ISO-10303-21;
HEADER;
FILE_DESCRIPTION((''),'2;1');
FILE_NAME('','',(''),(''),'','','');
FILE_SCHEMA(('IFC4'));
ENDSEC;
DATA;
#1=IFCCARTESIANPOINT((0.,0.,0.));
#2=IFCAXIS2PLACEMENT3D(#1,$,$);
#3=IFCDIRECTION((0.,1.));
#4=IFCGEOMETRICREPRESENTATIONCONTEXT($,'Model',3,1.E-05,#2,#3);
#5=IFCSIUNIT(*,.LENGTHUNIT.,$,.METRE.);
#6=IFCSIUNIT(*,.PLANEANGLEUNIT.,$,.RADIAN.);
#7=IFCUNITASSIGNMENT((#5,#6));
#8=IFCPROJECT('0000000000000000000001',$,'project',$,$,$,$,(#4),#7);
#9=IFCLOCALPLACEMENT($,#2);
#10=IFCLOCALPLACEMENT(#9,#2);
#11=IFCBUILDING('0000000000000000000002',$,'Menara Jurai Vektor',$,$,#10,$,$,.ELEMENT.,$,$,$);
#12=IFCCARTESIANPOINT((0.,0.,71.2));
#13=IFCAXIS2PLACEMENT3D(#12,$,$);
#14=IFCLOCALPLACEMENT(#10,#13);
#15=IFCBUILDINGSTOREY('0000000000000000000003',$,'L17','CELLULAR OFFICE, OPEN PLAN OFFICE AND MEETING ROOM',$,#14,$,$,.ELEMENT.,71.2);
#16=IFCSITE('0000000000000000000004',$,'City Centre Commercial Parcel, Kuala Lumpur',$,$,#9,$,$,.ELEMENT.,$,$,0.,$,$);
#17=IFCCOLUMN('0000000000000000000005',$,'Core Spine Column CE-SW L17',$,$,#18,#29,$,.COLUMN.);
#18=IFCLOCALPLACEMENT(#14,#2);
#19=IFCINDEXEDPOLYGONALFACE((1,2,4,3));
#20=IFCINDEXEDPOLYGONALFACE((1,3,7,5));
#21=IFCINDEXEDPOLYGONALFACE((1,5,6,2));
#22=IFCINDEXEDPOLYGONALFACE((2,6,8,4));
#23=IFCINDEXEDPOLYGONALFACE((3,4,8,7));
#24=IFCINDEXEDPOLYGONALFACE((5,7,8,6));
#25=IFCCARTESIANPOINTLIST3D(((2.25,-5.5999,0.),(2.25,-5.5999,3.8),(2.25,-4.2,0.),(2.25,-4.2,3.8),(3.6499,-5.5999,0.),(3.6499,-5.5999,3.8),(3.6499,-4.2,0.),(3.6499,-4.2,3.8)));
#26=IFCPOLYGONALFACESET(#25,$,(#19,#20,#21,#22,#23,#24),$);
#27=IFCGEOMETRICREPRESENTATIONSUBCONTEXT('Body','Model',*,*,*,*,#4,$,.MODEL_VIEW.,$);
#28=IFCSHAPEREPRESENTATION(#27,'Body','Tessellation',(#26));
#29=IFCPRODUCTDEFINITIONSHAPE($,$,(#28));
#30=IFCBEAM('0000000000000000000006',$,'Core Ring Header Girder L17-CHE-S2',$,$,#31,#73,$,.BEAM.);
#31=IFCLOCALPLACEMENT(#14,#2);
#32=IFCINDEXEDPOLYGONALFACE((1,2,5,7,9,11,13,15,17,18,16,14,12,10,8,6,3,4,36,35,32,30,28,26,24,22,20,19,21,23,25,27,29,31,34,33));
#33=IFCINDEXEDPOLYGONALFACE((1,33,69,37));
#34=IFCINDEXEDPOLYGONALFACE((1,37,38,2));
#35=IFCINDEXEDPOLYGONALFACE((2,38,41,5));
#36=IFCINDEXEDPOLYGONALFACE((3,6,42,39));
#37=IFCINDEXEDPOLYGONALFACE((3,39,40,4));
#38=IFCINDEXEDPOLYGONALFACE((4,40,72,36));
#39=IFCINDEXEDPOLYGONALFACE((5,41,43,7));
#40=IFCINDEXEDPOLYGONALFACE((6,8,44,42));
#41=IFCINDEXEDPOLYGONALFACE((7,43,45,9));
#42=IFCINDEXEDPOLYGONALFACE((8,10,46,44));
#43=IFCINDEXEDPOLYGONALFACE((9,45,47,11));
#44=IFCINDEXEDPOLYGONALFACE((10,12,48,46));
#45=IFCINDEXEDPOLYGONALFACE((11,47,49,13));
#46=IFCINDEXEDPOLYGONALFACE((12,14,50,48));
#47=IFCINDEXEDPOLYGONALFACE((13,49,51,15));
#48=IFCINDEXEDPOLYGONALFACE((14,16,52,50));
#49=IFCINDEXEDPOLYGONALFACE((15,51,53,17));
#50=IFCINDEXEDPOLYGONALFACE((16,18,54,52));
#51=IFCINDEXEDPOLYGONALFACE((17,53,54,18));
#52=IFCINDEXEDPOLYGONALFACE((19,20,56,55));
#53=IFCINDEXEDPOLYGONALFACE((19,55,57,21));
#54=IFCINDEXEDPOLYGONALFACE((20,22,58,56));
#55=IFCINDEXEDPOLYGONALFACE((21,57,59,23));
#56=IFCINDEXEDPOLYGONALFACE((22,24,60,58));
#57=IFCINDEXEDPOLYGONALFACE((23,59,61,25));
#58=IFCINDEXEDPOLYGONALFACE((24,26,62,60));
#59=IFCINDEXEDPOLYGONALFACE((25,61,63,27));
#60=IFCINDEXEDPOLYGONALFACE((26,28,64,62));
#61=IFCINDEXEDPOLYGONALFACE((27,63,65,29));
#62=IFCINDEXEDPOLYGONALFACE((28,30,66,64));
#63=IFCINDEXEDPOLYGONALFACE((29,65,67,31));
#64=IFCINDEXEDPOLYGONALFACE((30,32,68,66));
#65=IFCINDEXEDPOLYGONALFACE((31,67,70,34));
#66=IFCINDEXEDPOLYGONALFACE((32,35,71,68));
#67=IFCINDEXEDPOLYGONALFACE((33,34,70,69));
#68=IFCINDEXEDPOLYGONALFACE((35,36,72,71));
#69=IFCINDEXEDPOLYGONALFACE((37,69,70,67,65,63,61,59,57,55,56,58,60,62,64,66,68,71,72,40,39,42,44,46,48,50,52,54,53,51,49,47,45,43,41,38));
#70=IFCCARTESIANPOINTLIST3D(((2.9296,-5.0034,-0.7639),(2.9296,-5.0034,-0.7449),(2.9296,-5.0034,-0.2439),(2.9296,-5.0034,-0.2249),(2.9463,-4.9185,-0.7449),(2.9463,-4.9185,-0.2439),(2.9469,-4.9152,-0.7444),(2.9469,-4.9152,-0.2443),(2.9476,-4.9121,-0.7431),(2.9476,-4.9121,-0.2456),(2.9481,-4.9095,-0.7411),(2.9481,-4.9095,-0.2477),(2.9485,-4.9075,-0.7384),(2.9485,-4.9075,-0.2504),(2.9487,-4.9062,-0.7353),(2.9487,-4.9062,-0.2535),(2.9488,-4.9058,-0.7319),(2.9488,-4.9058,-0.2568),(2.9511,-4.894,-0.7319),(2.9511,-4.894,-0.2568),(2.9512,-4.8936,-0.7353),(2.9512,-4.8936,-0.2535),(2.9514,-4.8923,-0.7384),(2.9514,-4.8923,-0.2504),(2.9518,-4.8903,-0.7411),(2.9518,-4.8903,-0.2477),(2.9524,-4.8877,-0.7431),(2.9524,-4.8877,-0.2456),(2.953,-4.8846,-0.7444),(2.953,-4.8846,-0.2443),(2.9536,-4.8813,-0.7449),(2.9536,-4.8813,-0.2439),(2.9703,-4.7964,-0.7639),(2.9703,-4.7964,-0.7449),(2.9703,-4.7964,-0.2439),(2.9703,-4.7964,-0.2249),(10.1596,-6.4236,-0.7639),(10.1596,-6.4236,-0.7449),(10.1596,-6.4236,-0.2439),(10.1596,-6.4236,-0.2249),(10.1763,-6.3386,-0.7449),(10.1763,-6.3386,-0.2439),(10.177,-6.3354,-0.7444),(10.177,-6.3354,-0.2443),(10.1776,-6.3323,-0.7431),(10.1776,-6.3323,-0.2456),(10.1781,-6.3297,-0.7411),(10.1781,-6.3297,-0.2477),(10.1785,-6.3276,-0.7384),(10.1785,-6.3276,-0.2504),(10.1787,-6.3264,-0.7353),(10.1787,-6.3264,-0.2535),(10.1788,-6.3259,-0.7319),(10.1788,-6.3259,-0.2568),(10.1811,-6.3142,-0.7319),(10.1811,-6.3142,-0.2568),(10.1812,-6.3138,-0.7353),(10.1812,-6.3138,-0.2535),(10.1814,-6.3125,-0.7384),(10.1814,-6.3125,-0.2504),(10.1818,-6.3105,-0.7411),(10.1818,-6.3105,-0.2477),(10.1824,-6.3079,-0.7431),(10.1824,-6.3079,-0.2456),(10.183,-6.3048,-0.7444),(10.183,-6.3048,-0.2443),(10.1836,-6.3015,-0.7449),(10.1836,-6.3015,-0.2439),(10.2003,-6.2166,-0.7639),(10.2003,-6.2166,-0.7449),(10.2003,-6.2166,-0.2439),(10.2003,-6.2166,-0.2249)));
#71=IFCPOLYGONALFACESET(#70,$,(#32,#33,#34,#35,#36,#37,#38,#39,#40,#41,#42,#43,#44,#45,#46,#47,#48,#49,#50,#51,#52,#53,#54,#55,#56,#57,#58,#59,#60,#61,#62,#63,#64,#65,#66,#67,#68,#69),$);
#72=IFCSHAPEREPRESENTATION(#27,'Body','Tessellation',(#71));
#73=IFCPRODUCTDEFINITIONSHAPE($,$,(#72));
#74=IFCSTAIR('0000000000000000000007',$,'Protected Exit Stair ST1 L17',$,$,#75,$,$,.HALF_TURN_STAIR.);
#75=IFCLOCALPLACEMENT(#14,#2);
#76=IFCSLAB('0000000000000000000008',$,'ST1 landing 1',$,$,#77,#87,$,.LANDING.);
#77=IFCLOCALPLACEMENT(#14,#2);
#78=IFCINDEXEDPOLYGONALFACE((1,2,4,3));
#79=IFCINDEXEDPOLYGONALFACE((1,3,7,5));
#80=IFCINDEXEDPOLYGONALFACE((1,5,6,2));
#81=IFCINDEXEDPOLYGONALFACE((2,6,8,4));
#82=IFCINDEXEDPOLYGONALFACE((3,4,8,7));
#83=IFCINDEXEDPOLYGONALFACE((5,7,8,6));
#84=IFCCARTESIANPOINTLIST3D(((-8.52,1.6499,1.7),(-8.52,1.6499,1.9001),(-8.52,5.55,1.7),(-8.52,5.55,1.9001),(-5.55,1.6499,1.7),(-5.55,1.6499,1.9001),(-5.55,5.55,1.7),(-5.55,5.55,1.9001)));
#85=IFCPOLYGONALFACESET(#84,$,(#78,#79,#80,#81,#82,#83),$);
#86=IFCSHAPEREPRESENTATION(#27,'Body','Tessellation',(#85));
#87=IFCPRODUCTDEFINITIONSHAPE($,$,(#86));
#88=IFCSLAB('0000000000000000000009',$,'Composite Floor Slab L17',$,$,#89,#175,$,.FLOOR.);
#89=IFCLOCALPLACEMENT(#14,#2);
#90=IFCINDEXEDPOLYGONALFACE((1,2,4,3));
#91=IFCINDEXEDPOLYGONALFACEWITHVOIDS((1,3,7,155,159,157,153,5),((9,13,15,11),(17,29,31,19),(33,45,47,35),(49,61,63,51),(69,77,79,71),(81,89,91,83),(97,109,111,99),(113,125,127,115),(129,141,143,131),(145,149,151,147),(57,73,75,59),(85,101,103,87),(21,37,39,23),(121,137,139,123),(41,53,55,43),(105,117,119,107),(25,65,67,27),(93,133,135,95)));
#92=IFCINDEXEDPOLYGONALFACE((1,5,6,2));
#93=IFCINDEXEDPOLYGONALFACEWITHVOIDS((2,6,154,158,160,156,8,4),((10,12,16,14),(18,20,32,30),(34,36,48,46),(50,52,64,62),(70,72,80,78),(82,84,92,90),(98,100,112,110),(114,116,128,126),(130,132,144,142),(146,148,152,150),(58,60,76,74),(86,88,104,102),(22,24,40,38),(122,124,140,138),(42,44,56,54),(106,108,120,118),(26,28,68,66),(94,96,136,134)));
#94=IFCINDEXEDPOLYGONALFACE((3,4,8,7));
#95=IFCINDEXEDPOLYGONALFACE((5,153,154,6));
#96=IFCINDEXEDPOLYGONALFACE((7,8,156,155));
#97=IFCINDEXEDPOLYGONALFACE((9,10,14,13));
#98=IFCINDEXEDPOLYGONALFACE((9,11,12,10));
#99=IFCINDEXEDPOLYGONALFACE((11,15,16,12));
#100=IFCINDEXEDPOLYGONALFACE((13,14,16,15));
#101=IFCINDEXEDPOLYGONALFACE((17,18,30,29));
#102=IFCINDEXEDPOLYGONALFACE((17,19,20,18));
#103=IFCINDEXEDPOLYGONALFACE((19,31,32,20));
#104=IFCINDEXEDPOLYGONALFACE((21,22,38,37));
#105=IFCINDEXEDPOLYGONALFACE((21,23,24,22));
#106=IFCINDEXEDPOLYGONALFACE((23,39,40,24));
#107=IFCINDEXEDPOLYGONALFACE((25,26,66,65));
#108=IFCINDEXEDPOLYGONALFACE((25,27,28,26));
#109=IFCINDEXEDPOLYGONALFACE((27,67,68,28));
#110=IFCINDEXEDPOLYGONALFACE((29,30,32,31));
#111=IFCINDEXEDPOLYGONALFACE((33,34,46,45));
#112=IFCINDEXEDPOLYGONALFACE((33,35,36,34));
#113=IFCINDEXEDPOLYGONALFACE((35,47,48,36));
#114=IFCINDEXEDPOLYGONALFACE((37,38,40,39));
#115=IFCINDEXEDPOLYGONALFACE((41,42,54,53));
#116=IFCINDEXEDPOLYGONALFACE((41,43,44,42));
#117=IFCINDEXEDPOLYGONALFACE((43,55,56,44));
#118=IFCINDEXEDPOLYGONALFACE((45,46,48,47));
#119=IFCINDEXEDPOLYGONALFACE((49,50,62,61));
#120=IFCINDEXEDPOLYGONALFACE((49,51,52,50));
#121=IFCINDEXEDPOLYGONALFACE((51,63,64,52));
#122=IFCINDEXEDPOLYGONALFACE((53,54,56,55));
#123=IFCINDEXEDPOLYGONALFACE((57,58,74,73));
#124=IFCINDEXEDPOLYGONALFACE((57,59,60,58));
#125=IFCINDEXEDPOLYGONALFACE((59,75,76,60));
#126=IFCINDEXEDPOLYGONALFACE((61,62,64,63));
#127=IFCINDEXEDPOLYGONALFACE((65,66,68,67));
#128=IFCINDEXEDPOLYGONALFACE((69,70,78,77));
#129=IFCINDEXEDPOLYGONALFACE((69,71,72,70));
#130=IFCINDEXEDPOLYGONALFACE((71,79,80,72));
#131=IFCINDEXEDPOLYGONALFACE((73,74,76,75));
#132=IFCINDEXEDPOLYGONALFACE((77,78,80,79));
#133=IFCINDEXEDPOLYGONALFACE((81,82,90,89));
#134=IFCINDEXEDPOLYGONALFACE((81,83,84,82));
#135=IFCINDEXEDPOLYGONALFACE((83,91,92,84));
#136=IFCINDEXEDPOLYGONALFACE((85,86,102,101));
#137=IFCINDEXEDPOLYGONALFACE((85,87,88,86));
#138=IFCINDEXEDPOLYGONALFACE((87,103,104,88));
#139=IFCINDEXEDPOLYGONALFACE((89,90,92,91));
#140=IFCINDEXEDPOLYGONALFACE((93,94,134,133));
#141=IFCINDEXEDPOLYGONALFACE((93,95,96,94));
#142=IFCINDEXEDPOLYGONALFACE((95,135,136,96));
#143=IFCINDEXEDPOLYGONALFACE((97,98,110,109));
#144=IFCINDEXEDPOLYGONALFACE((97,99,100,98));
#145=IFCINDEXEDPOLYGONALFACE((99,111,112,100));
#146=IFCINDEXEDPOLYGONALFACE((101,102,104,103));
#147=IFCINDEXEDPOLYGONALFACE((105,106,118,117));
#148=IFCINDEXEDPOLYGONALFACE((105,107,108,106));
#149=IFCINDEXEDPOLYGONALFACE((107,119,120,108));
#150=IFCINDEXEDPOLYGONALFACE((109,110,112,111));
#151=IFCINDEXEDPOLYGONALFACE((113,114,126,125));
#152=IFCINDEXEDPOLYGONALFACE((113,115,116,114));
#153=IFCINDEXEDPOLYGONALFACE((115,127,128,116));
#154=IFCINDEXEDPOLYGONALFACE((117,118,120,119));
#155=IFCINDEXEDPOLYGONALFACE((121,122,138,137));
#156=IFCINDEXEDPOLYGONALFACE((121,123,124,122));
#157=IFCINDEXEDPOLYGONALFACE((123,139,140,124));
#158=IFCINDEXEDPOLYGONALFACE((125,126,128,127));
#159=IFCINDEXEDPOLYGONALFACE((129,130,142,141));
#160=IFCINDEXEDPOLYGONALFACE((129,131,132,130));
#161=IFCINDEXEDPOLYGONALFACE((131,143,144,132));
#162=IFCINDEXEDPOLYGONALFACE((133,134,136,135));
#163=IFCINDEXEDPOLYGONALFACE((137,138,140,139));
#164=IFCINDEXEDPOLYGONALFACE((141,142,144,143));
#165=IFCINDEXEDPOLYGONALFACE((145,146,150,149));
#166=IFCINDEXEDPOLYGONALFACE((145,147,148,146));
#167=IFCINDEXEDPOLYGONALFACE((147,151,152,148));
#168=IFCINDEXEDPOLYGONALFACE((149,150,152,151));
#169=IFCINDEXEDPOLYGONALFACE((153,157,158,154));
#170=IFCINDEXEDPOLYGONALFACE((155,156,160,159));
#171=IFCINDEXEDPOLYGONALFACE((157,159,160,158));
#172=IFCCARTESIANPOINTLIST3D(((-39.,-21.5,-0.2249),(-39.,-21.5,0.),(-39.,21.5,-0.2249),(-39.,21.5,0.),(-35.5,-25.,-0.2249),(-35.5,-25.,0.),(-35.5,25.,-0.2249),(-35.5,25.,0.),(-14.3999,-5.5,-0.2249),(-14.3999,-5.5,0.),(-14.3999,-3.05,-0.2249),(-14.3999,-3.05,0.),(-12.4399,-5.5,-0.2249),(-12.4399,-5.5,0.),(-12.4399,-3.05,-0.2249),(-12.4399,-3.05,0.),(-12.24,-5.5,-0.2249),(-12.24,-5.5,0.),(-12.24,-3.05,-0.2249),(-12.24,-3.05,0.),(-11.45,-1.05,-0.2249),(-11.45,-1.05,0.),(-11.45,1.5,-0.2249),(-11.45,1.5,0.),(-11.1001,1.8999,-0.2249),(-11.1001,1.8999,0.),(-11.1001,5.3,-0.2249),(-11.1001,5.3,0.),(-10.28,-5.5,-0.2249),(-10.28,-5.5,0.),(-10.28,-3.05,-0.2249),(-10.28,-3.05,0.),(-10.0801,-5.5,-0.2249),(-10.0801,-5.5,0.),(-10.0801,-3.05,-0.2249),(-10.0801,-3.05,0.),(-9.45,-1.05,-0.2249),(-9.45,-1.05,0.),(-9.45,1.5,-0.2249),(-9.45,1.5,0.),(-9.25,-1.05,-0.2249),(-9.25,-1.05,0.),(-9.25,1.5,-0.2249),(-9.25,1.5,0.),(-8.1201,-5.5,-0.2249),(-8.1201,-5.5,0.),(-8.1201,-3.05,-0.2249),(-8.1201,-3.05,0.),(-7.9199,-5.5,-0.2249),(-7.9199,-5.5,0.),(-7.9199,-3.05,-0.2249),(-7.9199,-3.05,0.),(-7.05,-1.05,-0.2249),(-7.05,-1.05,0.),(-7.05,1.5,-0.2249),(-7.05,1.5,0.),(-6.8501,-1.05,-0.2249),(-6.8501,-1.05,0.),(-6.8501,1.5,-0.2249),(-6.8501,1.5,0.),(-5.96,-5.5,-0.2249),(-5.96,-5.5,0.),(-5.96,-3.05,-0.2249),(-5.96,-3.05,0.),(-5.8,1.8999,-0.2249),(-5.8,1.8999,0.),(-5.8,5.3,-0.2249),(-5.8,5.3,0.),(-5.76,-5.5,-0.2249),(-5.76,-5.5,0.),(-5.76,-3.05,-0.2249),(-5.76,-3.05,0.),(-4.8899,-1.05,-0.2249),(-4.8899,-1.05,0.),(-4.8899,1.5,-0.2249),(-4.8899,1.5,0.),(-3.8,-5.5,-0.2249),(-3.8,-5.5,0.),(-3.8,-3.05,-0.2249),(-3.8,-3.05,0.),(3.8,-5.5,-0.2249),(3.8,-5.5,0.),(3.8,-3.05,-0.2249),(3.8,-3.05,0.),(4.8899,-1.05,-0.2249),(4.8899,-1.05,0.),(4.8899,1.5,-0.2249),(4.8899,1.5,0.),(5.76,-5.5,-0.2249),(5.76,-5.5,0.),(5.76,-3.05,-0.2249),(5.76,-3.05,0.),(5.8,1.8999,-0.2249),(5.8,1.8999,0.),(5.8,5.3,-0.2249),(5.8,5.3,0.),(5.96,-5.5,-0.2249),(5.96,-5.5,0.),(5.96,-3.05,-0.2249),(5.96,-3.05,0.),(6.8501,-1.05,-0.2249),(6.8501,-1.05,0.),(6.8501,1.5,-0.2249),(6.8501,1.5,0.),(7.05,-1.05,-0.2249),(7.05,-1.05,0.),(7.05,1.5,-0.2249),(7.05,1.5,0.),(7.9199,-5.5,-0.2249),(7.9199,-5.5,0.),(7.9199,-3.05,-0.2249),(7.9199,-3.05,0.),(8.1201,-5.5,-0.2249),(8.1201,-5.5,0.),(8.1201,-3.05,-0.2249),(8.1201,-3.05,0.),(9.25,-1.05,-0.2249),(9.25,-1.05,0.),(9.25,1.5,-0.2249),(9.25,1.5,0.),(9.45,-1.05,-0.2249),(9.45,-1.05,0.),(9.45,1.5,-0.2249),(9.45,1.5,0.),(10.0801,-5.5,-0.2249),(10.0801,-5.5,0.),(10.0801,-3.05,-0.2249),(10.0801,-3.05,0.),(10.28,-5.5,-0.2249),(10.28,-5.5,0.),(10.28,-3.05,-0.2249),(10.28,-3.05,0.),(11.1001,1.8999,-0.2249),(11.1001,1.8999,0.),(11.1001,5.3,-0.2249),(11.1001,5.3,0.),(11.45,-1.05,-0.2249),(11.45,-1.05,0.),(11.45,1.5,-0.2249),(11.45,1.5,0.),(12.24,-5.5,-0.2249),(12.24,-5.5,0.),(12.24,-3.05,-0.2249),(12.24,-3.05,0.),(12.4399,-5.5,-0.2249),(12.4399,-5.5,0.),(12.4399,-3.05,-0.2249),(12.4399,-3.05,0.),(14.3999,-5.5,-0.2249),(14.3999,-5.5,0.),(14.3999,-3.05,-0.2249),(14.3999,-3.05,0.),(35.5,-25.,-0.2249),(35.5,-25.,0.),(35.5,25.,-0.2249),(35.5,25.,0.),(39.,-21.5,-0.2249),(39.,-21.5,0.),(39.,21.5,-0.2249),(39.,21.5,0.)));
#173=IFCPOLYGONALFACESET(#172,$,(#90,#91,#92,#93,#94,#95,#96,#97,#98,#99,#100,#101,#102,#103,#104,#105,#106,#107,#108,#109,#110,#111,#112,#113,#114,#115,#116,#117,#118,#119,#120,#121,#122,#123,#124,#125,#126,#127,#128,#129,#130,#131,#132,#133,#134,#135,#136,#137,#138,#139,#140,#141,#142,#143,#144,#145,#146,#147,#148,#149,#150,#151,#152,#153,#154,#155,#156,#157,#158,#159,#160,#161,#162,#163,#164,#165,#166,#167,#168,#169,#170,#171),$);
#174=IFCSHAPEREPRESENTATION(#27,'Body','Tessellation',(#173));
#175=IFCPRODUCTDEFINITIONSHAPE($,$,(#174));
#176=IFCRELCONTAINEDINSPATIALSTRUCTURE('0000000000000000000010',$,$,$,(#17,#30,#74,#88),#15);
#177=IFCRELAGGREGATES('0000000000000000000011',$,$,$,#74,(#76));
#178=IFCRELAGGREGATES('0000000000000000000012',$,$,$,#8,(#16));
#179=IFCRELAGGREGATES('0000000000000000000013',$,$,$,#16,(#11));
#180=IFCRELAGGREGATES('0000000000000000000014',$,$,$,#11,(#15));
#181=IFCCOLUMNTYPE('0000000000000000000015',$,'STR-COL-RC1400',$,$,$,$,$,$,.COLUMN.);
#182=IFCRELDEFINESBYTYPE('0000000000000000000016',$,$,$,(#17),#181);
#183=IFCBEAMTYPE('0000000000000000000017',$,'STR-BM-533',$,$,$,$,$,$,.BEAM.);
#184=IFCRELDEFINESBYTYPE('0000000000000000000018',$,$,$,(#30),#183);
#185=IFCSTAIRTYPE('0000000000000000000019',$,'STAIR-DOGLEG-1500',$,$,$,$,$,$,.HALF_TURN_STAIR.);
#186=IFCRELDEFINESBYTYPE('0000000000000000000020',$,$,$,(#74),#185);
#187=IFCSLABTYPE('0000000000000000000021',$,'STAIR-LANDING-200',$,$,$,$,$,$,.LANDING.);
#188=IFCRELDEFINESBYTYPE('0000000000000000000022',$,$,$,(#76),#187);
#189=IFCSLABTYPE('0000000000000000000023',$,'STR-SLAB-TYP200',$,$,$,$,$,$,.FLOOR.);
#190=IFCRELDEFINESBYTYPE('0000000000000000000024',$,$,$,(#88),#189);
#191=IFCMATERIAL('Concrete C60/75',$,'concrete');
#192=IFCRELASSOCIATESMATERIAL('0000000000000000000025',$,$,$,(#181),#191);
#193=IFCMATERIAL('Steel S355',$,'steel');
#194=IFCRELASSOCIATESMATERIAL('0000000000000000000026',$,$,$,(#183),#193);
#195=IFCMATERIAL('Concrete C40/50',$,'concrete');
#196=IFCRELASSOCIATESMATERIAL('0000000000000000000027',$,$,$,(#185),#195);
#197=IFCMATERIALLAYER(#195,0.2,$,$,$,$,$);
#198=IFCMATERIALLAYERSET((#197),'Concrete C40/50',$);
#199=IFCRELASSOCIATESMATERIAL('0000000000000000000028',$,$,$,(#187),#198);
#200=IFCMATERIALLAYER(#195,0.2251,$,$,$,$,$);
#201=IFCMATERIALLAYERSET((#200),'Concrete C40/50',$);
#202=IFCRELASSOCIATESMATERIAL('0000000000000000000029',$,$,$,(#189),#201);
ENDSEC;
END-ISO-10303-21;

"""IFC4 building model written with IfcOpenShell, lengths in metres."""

from ifc_helpers import new_model, si_unit, direction, frame, origin, origin_2d, place, context, subcontext, project, spatial, polyline, rectangle, i_section, outline, extrude, material, layer, layer_set, material_profile, profile_set, type_object, element, aggregate, save


model = new_model("IFC4")

# Units and contexts
model_context = context("Model", 3, precision=1e-05, world=origin(), true_north=direction((0.0, 1.0)))
body_context = subcontext(model_context, "Body", "Model", "MODEL_VIEW")
ifc_project = project(units=[si_unit("LENGTHUNIT", "METRE"), si_unit("PLANEANGLEUNIT", "RADIAN")], contexts=[model_context])

# Site, building, storey
site_placement = place(None, origin())
site = spatial("IfcSite", under=ifc_project, at=site_placement, Name="City Centre Commercial Parcel, Kuala Lumpur", CompositionType="ELEMENT", RefElevation=0.0)
building_placement = place(site_placement, origin())
building = spatial("IfcBuilding", under=site, at=building_placement, Name="Menara Jurai Vektor", CompositionType="ELEMENT")
storey_placement = place(building_placement, frame((0.0, 0.0, 71.2)))
storey = spatial("IfcBuildingStorey", under=building, at=storey_placement, Name="L17", Description="CELLULAR OFFICE, OPEN PLAN OFFICE AND MEETING ROOM", CompositionType="ELEMENT", Elevation=71.2)

# Column
ifc_material_1 = material(Name="Concrete C60/75", Category="concrete")
ifc_material_profile_1 = material_profile(ifc_material_1, rectangle(XDim=1.3999, YDim=1.3999, at=origin_2d()), Name="RC 1400x1400")
ifc_profile_set_1 = profile_set([ifc_material_profile_1], Name="Concrete C60/75")
column_type = type_object("IfcColumnType", Name="STR-COL-RC1400", PredefinedType="COLUMN", material=ifc_profile_set_1)
column_placement = place(storey_placement, frame((2.95, -4.8999, 0.0), z_axis=(0.0, 0.0, 1.0), x_axis=(1.0, 0.0, 0.0)))
element("IfcColumn", 1, at=column_placement, inside=storey, type_object=column_type, Name="Core Spine Column CE-SW L17", PredefinedType="COLUMN", context=body_context, shape_type="SweptSolid", body=[
    extrude(rectangle(XDim=1.3999, YDim=1.3999, at=origin_2d()), origin(), (0.0, 0.0, 1.0), 3.8),
])

# Beam
ifc_material_2 = material(Name="Steel S355", Category="steel")
ifc_material_profile_2 = material_profile(ifc_material_2, i_section(OverallWidth=0.2109, OverallDepth=0.5391, WebThickness=0.012, FlangeThickness=0.019, FilletRadius=0.0129, at=origin_2d()), Name="UKB 533x210x109")
ifc_profile_set_2 = profile_set([ifc_material_profile_2], Name="Steel S355")
beam_type = type_object("IfcBeamType", Name="STR-BM-533", PredefinedType="BEAM", material=ifc_profile_set_2)
beam_placement = place(storey_placement, frame((2.95, -4.8999, -0.4944), z_axis=(0.981249, -0.192744, 0.0), x_axis=(0.192744, 0.981249, 0.0)))
element("IfcBeam", 2, at=beam_placement, inside=storey, type_object=beam_type, Name="Core Ring Header Girder L17-CHE-S2", PredefinedType="BEAM", context=body_context, shape_type="SweptSolid", body=[
    extrude(i_section(OverallWidth=0.2109, OverallDepth=0.5391, WebThickness=0.012, FlangeThickness=0.019, FilletRadius=0.0129, at=origin_2d()), origin(), (0.0, 0.0, 1.0), 7.3682),
])

# Stair, slab
ifc_material_3 = material(Name="Concrete C40/50", Category="concrete")
stair_type = type_object("IfcStairType", Name="STAIR-DOGLEG-1500", PredefinedType="HALF_TURN_STAIR", material=ifc_material_3)
stair_placement = place(storey_placement, origin())
stair = element("IfcStair", 3, at=stair_placement, inside=storey, type_object=stair_type, Name="Protected Exit Stair ST1 L17", PredefinedType="HALF_TURN_STAIR")
ifc_layer_1 = layer(ifc_material_3, 0.2)
ifc_layer_set_1 = layer_set([ifc_layer_1], Name="Concrete C40/50")
slab_type_1 = type_object("IfcSlabType", Name="STAIR-LANDING-200", PredefinedType="LANDING", material=ifc_layer_set_1)
slab_1_placement = place(storey_placement, frame((0.0, 0.0, 1.7)))
slab_1 = element("IfcSlab", 4, at=slab_1_placement, type_object=slab_type_1, Name="ST1 landing 1", PredefinedType="LANDING", context=body_context, shape_type="SweptSolid", body=[
    extrude(outline(polyline([(-8.52, 1.6499), (-5.55, 1.6499), (-5.55, 5.55), (-8.52, 5.55), (-8.52, 1.6499)])), origin(), (0.0, 0.0, 1.0), 0.2002),
])
aggregate(stair, [slab_1])

# Slab
ifc_layer_2 = layer(ifc_material_3, 0.2251)
ifc_layer_set_2 = layer_set([ifc_layer_2], Name="Concrete C40/50")
slab_type_2 = type_object("IfcSlabType", Name="STR-SLAB-TYP200", PredefinedType="FLOOR", material=ifc_layer_set_2)
slab_2_placement = place(storey_placement, frame((0.0, 0.0, -0.2249)))
element("IfcSlab", 5, at=slab_2_placement, inside=storey, type_object=slab_type_2, Name="Composite Floor Slab L17", PredefinedType="FLOOR", context=body_context, shape_type="SweptSolid", body=[
    extrude(outline(polyline([(-35.5, -25.0), (35.5, -25.0), (39.0, -21.5), (39.0, 21.5), (35.5, 25.0), (-35.5, 25.0), (-39.0, 21.5), (-39.0, -21.5), (-35.5, -25.0)]), holes=[polyline([(-11.1001, 1.8999), (-11.1001, 5.3), (-5.8, 5.3), (-5.8, 1.8999), (-11.1001, 1.8999)]), polyline([(5.8, 1.8999), (5.8, 5.3), (11.1001, 5.3), (11.1001, 1.8999), (5.8, 1.8999)]), polyline([(-11.45, -1.05), (-11.45, 1.5), (-9.45, 1.5), (-9.45, -1.05), (-11.45, -1.05)]), polyline([(9.45, -1.05), (9.45, 1.5), (11.45, 1.5), (11.45, -1.05), (9.45, -1.05)]), polyline([(-5.76, -5.5), (-5.76, -3.05), (-3.8, -3.05), (-3.8, -5.5), (-5.76, -5.5)]), polyline([(-6.8501, -1.05), (-6.8501, 1.5), (-4.8899, 1.5), (-4.8899, -1.05), (-6.8501, -1.05)]), polyline([(3.8, -5.5), (3.8, -3.05), (5.76, -3.05), (5.76, -5.5), (3.8, -5.5)]), polyline([(4.8899, -1.05), (4.8899, 1.5), (6.8501, 1.5), (6.8501, -1.05), (4.8899, -1.05)]), polyline([(-14.3999, -5.5), (-14.3999, -3.05), (-12.4399, -3.05), (-12.4399, -5.5), (-14.3999, -5.5)]), polyline([(-12.24, -5.5), (-12.24, -3.05), (-10.28, -3.05), (-10.28, -5.5), (-12.24, -5.5)]), polyline([(10.28, -5.5), (10.28, -3.05), (12.24, -3.05), (12.24, -5.5), (10.28, -5.5)]), polyline([(12.4399, -5.5), (12.4399, -3.05), (14.3999, -3.05), (14.3999, -5.5), (12.4399, -5.5)]), polyline([(-10.0801, -5.5), (-10.0801, -3.05), (-8.1201, -3.05), (-8.1201, -5.5), (-10.0801, -5.5)]), polyline([(-7.9199, -5.5), (-7.9199, -3.05), (-5.96, -3.05), (-5.96, -5.5), (-7.9199, -5.5)]), polyline([(5.96, -5.5), (5.96, -3.05), (7.9199, -3.05), (7.9199, -5.5), (5.96, -5.5)]), polyline([(8.1201, -5.5), (8.1201, -3.05), (10.0801, -3.05), (10.0801, -5.5), (8.1201, -5.5)]), polyline([(-9.25, -1.05), (-9.25, 1.5), (-7.05, 1.5), (-7.05, -1.05), (-9.25, -1.05)]), polyline([(7.05, -1.05), (7.05, 1.5), (9.25, 1.5), (9.25, -1.05), (7.05, -1.05)])]), origin(), (0.0, 0.0, 1.0), 0.2249),
])

save(model, "model.ifc")
